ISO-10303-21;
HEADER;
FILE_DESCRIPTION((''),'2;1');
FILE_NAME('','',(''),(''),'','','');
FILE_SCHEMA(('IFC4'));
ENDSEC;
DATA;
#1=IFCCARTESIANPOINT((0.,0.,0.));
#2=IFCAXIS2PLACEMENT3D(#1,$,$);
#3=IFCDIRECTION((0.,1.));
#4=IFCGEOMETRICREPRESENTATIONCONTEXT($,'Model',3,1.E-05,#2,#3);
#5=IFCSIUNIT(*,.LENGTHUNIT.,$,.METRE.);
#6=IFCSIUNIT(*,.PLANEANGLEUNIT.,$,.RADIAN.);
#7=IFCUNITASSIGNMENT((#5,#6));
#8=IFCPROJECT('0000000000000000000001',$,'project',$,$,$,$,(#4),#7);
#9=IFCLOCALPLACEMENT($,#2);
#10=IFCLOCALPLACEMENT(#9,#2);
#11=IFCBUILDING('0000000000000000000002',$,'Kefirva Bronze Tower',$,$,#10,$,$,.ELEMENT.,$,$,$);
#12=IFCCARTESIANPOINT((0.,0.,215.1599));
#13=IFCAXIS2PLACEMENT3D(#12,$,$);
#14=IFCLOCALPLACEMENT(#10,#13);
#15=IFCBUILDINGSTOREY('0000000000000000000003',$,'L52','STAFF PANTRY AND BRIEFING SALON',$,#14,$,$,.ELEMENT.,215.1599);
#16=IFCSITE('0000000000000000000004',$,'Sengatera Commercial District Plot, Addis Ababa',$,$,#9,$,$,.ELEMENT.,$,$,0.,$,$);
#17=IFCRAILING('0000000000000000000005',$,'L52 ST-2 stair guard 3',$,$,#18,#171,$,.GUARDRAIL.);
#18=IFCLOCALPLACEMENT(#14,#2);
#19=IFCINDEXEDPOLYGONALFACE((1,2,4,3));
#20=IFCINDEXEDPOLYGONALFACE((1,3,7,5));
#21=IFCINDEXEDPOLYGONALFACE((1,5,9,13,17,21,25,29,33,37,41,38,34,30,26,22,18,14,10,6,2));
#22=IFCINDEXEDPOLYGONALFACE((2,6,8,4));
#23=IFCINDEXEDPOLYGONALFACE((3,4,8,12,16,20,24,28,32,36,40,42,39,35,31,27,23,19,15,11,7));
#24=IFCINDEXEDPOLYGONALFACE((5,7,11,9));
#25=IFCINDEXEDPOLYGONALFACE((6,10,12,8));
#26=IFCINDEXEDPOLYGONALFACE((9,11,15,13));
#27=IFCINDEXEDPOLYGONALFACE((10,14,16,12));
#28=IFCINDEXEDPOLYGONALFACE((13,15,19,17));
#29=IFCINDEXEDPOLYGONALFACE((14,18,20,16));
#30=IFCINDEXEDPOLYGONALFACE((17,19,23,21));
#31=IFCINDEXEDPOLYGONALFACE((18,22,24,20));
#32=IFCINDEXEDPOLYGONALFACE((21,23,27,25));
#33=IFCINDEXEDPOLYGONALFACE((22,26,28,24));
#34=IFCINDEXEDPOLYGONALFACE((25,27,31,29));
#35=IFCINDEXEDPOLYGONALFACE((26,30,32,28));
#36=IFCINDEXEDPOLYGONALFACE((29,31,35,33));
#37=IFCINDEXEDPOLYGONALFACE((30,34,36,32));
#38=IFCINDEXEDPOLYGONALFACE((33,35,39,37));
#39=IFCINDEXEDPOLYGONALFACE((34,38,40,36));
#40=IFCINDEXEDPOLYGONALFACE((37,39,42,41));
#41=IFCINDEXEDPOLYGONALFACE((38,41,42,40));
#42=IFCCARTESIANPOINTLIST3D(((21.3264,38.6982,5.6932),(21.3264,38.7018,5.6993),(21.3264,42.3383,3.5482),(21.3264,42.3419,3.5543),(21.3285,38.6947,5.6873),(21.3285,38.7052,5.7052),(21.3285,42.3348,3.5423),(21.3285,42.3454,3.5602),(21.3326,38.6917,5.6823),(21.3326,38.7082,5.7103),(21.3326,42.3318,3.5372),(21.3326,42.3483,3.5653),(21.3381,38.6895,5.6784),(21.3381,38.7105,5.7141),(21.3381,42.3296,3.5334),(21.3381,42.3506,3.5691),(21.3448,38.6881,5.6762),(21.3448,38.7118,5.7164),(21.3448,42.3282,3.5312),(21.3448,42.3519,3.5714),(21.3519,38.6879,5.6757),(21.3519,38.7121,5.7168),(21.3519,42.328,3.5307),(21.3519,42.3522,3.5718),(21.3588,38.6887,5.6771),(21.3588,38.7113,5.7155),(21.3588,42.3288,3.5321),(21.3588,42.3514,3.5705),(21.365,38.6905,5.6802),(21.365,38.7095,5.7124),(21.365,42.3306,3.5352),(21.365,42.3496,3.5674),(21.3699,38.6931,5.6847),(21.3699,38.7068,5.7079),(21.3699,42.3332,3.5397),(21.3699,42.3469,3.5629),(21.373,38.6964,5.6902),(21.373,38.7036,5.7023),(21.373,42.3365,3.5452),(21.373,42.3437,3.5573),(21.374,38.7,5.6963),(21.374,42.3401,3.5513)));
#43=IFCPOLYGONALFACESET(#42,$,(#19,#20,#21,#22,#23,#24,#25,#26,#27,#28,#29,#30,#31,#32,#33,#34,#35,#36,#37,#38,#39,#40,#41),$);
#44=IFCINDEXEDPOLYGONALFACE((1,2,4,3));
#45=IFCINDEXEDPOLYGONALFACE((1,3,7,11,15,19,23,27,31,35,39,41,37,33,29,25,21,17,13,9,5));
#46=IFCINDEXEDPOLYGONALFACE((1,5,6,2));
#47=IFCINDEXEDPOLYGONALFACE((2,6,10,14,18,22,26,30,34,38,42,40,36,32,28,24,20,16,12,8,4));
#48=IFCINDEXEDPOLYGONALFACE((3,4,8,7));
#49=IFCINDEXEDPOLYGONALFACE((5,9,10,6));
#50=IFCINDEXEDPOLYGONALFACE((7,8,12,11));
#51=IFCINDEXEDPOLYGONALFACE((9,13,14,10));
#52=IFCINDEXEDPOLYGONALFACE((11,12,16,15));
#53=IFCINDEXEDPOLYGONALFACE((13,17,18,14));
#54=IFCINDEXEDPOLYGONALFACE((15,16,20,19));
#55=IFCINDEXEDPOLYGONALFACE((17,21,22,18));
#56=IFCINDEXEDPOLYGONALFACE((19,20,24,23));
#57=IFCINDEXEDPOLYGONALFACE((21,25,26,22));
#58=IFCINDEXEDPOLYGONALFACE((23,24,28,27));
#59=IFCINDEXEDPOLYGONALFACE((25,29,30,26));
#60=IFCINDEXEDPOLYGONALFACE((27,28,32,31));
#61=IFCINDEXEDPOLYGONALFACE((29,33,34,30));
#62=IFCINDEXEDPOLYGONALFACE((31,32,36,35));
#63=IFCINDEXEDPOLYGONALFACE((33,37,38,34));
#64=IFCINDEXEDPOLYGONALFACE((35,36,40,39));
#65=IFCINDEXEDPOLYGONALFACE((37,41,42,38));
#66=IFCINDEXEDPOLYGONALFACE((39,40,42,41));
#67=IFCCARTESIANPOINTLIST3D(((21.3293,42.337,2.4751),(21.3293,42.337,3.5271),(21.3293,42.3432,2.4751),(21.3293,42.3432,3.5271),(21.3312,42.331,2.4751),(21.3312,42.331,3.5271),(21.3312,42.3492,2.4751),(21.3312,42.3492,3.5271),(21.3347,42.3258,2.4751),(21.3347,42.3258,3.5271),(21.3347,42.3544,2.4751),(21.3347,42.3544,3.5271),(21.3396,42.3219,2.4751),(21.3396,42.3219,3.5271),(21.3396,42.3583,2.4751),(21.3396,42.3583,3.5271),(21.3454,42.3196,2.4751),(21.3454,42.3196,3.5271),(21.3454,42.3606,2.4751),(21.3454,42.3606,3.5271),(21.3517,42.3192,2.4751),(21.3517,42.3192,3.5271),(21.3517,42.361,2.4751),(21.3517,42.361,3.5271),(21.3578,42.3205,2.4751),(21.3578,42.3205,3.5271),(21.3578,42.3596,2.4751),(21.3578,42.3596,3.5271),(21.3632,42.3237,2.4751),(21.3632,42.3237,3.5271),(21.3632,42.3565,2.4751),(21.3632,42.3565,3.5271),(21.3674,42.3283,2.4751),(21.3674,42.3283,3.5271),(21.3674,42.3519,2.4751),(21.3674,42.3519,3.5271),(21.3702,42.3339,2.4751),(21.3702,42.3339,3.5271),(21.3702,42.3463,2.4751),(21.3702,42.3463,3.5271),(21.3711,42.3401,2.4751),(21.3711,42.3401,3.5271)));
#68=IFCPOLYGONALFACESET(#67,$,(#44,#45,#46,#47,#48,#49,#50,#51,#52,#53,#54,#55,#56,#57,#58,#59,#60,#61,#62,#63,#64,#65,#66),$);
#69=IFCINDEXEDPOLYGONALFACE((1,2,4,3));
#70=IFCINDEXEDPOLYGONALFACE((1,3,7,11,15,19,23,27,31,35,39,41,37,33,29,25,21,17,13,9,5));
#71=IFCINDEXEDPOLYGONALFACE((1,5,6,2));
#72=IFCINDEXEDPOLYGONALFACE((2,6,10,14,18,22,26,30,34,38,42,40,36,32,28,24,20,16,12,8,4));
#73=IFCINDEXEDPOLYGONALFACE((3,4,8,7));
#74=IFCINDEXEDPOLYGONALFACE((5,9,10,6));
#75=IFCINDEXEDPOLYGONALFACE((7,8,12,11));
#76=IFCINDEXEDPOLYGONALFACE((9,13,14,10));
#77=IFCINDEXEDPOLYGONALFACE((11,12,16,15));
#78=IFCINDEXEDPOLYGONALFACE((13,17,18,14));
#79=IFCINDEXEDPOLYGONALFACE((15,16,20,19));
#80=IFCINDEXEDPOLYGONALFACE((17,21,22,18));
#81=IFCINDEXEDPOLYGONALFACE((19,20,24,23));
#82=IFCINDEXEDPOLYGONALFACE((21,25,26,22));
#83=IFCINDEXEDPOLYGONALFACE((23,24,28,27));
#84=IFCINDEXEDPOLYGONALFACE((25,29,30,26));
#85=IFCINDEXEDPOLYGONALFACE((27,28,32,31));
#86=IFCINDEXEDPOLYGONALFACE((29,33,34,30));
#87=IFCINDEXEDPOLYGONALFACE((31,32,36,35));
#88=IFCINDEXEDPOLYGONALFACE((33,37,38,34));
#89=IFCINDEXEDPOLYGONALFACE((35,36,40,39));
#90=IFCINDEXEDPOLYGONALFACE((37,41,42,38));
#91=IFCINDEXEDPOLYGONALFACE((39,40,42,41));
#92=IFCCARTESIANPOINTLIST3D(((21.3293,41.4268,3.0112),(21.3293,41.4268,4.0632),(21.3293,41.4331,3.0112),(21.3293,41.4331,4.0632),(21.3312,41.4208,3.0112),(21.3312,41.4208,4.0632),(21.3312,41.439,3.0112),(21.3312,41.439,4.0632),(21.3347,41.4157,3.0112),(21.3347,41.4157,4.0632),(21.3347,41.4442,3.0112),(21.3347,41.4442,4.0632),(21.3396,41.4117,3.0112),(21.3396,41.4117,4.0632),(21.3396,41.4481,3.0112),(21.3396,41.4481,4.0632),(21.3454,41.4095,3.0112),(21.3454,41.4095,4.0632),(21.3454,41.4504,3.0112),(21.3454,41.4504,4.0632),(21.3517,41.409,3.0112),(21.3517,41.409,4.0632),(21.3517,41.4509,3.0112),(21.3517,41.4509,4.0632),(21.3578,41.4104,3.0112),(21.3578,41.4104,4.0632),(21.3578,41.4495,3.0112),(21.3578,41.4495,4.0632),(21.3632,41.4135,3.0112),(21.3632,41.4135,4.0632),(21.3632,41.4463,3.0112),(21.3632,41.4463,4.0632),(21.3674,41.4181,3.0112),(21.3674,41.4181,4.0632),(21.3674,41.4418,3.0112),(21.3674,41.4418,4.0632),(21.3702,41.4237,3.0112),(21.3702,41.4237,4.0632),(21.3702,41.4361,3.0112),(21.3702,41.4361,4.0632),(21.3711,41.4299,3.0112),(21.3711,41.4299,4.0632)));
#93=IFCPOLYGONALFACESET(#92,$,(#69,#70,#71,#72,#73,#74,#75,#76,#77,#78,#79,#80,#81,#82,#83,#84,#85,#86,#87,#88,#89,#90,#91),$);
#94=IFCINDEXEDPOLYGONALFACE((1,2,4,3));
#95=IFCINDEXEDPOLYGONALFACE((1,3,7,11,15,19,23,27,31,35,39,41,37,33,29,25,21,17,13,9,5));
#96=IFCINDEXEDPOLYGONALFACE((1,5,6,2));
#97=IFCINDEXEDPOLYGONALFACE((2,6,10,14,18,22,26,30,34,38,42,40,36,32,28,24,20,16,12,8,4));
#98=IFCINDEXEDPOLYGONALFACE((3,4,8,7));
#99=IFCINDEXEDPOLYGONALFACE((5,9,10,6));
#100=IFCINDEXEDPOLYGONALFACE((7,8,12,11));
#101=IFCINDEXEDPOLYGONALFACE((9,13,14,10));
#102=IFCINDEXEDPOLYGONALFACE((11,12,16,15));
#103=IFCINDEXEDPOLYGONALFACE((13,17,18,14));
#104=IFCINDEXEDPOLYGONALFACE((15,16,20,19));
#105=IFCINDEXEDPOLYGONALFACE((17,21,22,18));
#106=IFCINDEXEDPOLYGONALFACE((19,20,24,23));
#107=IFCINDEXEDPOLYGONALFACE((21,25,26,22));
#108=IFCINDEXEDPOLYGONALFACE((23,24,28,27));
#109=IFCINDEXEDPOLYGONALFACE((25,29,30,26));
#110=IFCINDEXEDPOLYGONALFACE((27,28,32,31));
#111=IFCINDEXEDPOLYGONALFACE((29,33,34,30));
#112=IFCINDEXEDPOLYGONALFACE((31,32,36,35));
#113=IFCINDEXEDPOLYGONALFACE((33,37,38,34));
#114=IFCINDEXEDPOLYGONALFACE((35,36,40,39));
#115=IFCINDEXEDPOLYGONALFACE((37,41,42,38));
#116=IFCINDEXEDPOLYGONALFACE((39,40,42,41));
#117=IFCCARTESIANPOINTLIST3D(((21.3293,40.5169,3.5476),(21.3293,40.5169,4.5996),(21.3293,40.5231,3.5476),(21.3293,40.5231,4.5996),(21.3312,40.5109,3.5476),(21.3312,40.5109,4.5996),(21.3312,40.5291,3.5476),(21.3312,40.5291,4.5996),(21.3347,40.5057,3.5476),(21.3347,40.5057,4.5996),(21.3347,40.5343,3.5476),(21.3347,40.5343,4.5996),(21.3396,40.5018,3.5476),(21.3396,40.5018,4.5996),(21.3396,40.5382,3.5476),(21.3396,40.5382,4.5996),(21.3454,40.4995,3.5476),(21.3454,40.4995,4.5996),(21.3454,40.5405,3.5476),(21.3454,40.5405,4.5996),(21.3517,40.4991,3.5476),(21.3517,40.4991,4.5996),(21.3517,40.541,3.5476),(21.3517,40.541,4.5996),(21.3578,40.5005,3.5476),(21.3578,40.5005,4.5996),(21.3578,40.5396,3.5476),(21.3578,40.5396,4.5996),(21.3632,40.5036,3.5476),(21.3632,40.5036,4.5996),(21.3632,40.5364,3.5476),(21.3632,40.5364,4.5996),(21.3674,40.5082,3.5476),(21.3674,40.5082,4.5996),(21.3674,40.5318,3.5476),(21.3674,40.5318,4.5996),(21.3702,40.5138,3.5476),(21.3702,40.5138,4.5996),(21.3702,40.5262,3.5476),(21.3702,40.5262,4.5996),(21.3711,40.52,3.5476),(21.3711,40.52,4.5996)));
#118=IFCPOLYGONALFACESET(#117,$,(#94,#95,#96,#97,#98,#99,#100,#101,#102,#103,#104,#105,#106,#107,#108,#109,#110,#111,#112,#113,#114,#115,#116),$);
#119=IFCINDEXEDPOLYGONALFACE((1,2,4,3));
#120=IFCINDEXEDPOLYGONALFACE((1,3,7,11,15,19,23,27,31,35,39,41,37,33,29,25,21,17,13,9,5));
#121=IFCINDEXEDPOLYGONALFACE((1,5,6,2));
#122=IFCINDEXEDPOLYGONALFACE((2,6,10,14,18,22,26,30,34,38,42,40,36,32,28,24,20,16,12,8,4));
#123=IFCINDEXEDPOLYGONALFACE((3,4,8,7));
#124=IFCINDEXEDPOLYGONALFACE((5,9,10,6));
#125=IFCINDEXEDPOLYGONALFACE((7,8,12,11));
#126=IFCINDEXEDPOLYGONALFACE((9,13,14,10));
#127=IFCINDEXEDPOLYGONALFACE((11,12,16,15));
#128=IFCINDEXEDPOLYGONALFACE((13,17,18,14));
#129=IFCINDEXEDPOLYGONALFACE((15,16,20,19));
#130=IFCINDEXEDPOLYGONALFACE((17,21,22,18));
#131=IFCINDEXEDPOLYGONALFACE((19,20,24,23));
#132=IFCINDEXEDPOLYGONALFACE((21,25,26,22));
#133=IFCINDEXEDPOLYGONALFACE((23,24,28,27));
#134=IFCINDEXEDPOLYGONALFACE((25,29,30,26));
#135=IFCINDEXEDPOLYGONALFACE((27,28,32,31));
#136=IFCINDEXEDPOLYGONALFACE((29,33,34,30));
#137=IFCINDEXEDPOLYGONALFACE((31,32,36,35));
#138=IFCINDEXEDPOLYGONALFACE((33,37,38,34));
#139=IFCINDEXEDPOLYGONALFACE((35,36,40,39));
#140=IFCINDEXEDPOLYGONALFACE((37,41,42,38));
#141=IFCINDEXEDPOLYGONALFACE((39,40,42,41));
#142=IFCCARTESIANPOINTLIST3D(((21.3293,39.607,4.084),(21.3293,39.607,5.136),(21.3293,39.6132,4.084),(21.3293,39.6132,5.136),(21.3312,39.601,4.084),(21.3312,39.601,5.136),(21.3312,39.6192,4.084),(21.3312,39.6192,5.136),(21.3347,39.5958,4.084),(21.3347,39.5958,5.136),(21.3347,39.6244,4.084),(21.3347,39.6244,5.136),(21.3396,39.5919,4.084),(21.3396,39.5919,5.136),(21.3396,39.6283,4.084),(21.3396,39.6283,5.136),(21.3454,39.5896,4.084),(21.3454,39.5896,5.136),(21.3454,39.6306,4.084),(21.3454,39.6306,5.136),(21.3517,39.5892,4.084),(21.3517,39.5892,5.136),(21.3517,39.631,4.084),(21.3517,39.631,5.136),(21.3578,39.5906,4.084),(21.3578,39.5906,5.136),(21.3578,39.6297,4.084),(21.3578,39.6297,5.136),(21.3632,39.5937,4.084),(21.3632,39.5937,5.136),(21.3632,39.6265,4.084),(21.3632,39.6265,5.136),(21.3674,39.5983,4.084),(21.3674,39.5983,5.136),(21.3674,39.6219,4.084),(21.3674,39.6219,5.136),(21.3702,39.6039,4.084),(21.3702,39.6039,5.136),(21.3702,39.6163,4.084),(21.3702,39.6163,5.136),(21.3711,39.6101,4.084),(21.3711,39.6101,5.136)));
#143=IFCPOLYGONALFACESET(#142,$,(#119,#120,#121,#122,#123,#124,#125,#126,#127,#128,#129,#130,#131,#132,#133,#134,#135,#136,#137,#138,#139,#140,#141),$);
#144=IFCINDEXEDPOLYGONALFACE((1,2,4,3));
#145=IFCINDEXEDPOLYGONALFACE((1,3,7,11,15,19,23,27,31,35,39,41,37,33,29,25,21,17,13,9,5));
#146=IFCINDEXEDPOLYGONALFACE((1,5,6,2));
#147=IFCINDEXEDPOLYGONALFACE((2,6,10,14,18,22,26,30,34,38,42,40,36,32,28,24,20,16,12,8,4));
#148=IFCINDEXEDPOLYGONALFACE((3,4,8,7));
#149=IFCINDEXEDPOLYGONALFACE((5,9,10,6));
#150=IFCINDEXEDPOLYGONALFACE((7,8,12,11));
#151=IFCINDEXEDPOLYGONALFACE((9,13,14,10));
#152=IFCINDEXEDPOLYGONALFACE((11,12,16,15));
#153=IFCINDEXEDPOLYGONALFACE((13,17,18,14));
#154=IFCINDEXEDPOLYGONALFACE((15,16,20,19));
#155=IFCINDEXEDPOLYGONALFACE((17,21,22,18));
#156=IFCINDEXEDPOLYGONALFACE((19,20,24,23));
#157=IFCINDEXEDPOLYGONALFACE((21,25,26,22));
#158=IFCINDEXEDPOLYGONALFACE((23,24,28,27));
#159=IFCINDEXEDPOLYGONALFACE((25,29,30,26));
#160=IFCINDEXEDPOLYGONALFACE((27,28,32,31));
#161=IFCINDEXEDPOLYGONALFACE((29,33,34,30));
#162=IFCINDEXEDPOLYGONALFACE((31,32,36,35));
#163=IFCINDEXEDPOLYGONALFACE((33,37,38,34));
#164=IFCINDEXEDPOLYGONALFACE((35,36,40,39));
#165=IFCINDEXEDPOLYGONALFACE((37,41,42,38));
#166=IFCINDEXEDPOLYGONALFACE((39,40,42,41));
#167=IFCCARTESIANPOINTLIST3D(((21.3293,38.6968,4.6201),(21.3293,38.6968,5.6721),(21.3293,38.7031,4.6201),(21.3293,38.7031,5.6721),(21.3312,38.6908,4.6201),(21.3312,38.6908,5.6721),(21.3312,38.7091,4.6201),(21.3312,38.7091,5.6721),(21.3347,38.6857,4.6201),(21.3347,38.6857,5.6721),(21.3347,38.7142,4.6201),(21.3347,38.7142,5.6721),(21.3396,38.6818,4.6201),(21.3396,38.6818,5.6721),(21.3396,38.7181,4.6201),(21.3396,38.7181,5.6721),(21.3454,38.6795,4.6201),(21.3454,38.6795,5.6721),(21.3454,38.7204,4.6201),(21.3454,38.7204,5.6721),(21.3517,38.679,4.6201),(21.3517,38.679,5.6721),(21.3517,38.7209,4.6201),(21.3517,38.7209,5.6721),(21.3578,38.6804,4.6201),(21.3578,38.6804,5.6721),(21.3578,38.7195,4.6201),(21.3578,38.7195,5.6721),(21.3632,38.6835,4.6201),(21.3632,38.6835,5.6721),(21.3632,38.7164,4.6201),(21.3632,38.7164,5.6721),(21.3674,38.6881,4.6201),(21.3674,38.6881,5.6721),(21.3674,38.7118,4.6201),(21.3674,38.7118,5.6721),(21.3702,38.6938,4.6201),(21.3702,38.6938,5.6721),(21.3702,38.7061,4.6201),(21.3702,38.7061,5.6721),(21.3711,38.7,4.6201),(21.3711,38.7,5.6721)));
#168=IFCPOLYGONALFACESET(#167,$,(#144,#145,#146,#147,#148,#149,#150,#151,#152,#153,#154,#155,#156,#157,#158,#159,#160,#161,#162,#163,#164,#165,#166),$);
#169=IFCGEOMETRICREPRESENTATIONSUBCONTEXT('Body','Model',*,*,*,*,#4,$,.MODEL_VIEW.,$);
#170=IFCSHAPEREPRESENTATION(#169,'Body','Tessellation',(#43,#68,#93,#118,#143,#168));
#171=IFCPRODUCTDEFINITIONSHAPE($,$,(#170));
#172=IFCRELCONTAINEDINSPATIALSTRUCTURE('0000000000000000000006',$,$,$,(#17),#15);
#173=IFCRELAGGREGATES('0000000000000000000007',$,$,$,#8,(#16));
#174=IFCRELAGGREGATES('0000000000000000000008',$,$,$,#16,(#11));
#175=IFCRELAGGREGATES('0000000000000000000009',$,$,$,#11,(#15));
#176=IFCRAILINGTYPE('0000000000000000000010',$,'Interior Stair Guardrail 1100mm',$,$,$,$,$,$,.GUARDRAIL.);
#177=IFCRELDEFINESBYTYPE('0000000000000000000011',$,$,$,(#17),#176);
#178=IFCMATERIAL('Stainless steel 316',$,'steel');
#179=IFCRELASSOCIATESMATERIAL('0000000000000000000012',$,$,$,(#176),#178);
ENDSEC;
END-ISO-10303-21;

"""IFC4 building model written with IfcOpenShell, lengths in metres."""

from ifc_helpers import new_model, si_unit, direction, frame, origin, origin_2d, place, context, subcontext, project, spatial, circle, extrude, material, type_object, element, save


model = new_model("IFC4")

# Units and contexts
model_context = context("Model", 3, precision=1e-05, world=origin(), true_north=direction((0.0, 1.0)))
body_context = subcontext(model_context, "Body", "Model", "MODEL_VIEW")
ifc_project = project(units=[si_unit("LENGTHUNIT", "METRE"), si_unit("PLANEANGLEUNIT", "RADIAN")], contexts=[model_context])

# Site, building, storey
site_placement = place(None, origin())
site = spatial("IfcSite", under=ifc_project, at=site_placement, Name="Sengatera Commercial District Plot, Addis Ababa", CompositionType="ELEMENT", RefElevation=0.0)
building_placement = place(site_placement, origin())
building = spatial("IfcBuilding", under=site, at=building_placement, Name="Kefirva Bronze Tower", CompositionType="ELEMENT")
storey_placement = place(building_placement, frame((0.0, 0.0, 215.1599)))
storey = spatial("IfcBuildingStorey", under=building, at=storey_placement, Name="L52", Description="STAFF PANTRY AND BRIEFING SALON", CompositionType="ELEMENT", Elevation=215.1599)

# Shared definitions
ifc_material_1 = material(Name="Stainless steel 316", Category="steel")

# Railing
railing_type_1 = type_object("IfcRailingType", Name="Interior Stair Guardrail 1100mm", PredefinedType="GUARDRAIL", material=ifc_material_1)
railing_1_placement = place(storey_placement, frame((21.3501, 42.3401, 2.4751)))
element("IfcRailing", 1, at=railing_1_placement, inside=storey, type_object=railing_type_1, Name="L52 ST-2 stair guard 3", PredefinedType="GUARDRAIL", context=body_context, shape_type="SweptSolid", body=[
    extrude(circle(Radius=0.0239, at=origin_2d()), frame((0.0, 0.0, 1.0762), z_axis=(0.0, -0.861545, 0.507682), x_axis=(1.0, 0.0, 0.0)), (0.0, 0.0, 1.0), 4.2251),
    extrude(circle(Radius=0.021, at=origin_2d()), origin(), (0.0, 0.0, 1.0), 1.052),
    extrude(circle(Radius=0.021, at=origin_2d()), frame((0.0, -0.9102, 0.5361)), (0.0, 0.0, 1.0), 1.052),
    extrude(circle(Radius=0.021, at=origin_2d()), frame((0.0, -1.8201, 1.0725)), (0.0, 0.0, 1.0), 1.052),
    extrude(circle(Radius=0.021, at=origin_2d()), frame((0.0, -2.73, 1.6089)), (0.0, 0.0, 1.0), 1.052),
    extrude(circle(Radius=0.021, at=origin_2d()), frame((0.0, -3.6401, 2.145)), (0.0, 0.0, 1.0), 1.052),
])

save(model, "model.ifc")
